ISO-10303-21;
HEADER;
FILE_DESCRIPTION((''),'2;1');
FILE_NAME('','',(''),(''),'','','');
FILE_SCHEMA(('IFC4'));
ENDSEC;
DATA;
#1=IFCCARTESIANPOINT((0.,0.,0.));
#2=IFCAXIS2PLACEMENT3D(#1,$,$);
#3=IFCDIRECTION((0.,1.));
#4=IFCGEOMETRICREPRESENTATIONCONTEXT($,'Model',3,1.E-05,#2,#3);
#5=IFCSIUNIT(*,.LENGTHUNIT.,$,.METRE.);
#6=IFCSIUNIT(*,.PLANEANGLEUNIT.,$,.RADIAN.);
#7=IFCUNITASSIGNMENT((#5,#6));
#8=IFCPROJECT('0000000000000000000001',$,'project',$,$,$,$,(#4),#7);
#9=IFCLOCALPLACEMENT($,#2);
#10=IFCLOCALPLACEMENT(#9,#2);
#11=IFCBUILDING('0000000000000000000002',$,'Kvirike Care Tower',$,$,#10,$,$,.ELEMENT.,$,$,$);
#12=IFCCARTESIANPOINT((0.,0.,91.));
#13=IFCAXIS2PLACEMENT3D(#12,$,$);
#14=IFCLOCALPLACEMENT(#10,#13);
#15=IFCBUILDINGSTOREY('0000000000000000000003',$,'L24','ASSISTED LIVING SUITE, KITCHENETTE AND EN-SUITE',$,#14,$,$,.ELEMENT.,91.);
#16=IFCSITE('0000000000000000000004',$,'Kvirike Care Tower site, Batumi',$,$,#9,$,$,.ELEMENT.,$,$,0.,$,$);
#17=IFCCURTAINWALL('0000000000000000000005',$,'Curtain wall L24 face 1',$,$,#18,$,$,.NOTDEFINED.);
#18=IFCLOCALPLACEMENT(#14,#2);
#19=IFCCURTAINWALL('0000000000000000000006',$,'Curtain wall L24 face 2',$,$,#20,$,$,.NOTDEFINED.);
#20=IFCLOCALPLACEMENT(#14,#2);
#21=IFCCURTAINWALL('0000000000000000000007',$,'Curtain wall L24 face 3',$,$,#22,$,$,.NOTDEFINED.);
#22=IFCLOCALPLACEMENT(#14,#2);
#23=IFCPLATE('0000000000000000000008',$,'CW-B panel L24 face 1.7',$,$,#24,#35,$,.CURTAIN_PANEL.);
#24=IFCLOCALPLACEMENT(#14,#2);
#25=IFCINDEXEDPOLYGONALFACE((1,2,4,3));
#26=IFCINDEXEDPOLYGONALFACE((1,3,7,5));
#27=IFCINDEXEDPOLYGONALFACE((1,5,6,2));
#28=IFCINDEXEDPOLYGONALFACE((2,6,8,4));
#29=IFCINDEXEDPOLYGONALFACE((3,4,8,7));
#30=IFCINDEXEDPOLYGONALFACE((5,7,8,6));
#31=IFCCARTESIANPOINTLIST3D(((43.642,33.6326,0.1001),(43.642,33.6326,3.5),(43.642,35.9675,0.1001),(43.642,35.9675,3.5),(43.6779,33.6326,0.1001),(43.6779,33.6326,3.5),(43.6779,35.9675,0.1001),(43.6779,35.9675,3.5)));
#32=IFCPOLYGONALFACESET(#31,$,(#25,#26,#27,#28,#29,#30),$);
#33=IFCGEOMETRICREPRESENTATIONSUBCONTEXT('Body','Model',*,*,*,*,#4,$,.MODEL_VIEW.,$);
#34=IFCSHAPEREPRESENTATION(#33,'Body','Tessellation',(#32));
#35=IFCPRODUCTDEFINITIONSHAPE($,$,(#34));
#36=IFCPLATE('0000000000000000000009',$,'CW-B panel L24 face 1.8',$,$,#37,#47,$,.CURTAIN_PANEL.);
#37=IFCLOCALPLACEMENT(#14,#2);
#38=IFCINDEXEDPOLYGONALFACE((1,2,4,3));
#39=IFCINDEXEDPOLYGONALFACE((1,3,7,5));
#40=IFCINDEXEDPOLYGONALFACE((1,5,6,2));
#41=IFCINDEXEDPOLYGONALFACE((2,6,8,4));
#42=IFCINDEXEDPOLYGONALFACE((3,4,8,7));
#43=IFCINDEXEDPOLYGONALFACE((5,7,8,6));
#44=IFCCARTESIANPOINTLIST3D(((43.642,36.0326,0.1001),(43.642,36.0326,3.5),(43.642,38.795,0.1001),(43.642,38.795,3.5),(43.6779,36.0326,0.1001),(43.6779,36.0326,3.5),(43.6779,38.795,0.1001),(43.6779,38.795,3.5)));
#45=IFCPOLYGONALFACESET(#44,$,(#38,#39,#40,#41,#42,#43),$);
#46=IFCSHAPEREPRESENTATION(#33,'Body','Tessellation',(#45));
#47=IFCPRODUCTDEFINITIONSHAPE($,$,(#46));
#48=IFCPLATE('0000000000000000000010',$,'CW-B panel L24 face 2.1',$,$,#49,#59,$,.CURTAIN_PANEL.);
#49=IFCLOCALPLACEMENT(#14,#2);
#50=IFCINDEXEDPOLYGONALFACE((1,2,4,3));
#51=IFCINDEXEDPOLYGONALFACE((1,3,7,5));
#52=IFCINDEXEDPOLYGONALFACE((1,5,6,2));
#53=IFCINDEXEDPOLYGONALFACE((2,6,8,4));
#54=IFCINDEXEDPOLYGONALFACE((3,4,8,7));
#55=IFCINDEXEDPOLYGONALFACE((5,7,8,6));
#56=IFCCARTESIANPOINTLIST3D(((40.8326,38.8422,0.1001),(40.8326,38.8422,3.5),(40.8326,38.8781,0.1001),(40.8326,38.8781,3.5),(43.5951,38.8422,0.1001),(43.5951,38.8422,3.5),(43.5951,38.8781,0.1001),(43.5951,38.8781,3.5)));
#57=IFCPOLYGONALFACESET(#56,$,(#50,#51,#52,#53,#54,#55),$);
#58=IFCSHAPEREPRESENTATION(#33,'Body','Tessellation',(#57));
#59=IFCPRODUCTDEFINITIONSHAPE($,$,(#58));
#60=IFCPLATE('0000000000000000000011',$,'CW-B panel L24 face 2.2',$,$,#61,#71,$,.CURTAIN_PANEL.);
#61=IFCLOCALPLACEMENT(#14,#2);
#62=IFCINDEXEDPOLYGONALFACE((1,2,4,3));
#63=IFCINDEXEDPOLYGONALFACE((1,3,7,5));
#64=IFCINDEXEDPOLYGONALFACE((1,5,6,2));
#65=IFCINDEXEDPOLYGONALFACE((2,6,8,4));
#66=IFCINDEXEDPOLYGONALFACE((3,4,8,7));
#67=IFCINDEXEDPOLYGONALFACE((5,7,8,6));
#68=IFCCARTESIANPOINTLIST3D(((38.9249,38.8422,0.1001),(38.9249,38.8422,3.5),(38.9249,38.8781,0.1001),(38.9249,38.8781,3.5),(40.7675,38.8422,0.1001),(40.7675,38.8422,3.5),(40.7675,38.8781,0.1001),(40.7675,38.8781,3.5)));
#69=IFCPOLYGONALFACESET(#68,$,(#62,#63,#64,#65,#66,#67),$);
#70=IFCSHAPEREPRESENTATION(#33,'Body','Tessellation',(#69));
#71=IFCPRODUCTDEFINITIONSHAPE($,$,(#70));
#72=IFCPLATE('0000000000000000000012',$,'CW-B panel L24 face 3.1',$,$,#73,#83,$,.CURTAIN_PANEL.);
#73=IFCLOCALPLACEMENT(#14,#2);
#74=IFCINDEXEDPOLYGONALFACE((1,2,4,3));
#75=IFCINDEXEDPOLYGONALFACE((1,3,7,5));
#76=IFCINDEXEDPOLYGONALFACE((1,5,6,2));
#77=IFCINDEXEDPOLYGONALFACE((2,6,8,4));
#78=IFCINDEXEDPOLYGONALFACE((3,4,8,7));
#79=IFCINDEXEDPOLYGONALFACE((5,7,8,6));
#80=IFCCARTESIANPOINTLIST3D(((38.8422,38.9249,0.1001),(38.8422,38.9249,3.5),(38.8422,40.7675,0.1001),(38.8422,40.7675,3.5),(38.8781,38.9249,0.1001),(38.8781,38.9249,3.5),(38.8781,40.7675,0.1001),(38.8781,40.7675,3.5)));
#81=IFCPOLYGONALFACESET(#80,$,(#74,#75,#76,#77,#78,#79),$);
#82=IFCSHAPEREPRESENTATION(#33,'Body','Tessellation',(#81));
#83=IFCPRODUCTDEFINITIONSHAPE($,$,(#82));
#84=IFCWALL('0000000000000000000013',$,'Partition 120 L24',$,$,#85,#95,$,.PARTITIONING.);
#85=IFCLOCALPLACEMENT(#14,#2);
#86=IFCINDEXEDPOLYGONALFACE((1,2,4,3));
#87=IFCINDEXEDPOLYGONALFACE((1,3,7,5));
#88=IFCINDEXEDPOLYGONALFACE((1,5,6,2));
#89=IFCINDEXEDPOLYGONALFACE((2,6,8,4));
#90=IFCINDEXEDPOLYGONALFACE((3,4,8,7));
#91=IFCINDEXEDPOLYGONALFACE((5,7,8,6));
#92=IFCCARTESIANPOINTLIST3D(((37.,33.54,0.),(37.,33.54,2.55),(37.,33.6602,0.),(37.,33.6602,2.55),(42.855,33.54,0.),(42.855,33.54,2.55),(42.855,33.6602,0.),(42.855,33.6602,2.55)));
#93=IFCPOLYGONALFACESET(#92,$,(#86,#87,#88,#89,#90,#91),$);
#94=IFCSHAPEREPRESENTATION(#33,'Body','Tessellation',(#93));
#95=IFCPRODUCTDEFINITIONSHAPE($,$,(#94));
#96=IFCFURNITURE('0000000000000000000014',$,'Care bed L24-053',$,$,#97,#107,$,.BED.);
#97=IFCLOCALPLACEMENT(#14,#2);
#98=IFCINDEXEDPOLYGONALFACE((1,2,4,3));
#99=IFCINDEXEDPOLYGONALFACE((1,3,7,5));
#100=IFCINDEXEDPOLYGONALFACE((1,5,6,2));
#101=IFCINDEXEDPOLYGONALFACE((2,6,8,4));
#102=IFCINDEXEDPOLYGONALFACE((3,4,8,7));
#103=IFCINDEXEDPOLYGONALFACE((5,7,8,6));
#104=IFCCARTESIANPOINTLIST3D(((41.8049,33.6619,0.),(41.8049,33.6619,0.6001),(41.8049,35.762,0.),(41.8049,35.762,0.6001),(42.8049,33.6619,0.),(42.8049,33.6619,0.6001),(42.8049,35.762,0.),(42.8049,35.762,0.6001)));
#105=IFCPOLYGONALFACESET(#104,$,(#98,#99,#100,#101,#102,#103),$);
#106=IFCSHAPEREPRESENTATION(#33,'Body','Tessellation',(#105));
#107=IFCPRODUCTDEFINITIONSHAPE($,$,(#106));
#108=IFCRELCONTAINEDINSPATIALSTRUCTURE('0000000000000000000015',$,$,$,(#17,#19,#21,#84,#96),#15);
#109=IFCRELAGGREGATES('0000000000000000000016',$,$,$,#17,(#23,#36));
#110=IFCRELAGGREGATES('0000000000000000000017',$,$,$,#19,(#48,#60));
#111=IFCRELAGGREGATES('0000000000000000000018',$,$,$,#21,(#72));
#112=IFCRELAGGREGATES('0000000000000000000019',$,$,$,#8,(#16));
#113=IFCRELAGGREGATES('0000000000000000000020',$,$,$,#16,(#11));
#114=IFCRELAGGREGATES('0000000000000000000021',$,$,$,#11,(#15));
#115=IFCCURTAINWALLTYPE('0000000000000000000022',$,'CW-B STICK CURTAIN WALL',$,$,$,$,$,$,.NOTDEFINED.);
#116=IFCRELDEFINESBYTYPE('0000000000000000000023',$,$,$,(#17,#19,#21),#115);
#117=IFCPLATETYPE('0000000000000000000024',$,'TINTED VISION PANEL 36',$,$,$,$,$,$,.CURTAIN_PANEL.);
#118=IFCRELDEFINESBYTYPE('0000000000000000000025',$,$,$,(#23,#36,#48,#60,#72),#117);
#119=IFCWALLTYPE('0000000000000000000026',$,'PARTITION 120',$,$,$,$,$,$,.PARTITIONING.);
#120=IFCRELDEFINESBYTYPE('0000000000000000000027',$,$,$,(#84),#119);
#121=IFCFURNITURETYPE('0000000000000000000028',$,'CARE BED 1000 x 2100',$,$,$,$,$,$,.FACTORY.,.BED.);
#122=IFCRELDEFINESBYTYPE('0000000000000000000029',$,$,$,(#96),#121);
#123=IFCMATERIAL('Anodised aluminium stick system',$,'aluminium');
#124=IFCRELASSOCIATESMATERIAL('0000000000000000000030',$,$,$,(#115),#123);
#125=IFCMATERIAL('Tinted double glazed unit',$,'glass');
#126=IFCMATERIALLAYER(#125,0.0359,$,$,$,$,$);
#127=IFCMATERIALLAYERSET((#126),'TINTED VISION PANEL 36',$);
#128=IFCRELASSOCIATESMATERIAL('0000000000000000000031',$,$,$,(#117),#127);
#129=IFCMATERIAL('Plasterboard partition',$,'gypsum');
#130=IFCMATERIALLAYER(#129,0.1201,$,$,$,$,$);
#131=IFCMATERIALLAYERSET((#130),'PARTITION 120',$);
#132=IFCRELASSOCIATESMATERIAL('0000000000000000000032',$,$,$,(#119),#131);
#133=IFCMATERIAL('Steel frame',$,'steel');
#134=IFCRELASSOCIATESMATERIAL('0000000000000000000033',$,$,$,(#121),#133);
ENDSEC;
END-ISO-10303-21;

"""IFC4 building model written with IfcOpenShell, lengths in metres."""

from ifc_helpers import new_model, si_unit, direction, frame, frame_2d, origin, origin_2d, place, context, subcontext, project, spatial, rectangle, extrude, material, layer, layer_set, type_object, element, aggregate, save


model = new_model("IFC4")

# Units and contexts
model_context = context("Model", 3, precision=1e-05, world=origin(), true_north=direction((0.0, 1.0)))
body_context = subcontext(model_context, "Body", "Model", "MODEL_VIEW")
ifc_project = project(units=[si_unit("LENGTHUNIT", "METRE"), si_unit("PLANEANGLEUNIT", "RADIAN")], contexts=[model_context])

# Site, building, storey
site_placement = place(None, origin())
site = spatial("IfcSite", under=ifc_project, at=site_placement, Name="Kvirike Care Tower site, Batumi", CompositionType="ELEMENT", RefElevation=0.0)
building_placement = place(site_placement, origin())
building = spatial("IfcBuilding", under=site, at=building_placement, Name="Kvirike Care Tower", CompositionType="ELEMENT")
storey_placement = place(building_placement, frame((0.0, 0.0, 91.0)))
storey = spatial("IfcBuildingStorey", under=building, at=storey_placement, Name="L24", Description="ASSISTED LIVING SUITE, KITCHENETTE AND EN-SUITE", CompositionType="ELEMENT", Elevation=91.0)

# Curtain walls
ifc_material_1 = material(Name="Anodised aluminium stick system", Category="aluminium")
curtain_wall_type = type_object("IfcCurtainWallType", Name="CW-B STICK CURTAIN WALL", PredefinedType="NOTDEFINED", material=ifc_material_1)
curtain_wall_1_placement = place(storey_placement, origin())
curtain_wall_1 = element("IfcCurtainWall", 1, at=curtain_wall_1_placement, inside=storey, type_object=curtain_wall_type, Name="Curtain wall L24 face 1", PredefinedType="NOTDEFINED")
curtain_wall_2_placement = place(storey_placement, origin())
curtain_wall_2 = element("IfcCurtainWall", 2, at=curtain_wall_2_placement, inside=storey, type_object=curtain_wall_type, Name="Curtain wall L24 face 2", PredefinedType="NOTDEFINED")

# Curtain wall
curtain_wall_3_placement = place(storey_placement, origin())
curtain_wall_3 = element("IfcCurtainWall", 3, at=curtain_wall_3_placement, inside=storey, type_object=curtain_wall_type, Name="Curtain wall L24 face 3", PredefinedType="NOTDEFINED")

# Plates
ifc_material_2 = material(Name="Tinted double glazed unit", Category="glass")
ifc_layer_1 = layer(ifc_material_2, 0.0359)
ifc_layer_set_1 = layer_set([ifc_layer_1], Name="TINTED VISION PANEL 36")
plate_type = type_object("IfcPlateType", Name="TINTED VISION PANEL 36", PredefinedType="CURTAIN_PANEL", material=ifc_layer_set_1)
plate_1_placement = place(storey_placement, frame((43.6599, 34.8, 0.1001), z_axis=(0.0, 0.0, 1.0), x_axis=(0.0, 1.0, 0.0)))
plate_1 = element("IfcPlate", 4, at=plate_1_placement, type_object=plate_type, Name="CW-B panel L24 face 1.7", PredefinedType="CURTAIN_PANEL", context=body_context, shape_type="SweptSolid", body=[
    extrude(rectangle(XDim=2.335, YDim=0.0359, at=origin_2d()), origin(), (0.0, 0.0, 1.0), 3.3999),
])
plate_2_placement = place(storey_placement, frame((43.6599, 37.4138, 0.1001), z_axis=(0.0, 0.0, 1.0), x_axis=(0.0, 1.0, 0.0)))
plate_2 = element("IfcPlate", 5, at=plate_2_placement, type_object=plate_type, Name="CW-B panel L24 face 1.8", PredefinedType="CURTAIN_PANEL", context=body_context, shape_type="SweptSolid", body=[
    extrude(rectangle(XDim=2.7625, YDim=0.0359, at=origin_2d()), origin(), (0.0, 0.0, 1.0), 3.3999),
])
aggregate(curtain_wall_1, [plate_1, plate_2])
plate_3_placement = place(storey_placement, frame((42.2139, 38.8601, 0.1001), z_axis=(0.0, 0.0, 1.0), x_axis=(-1.0, 0.0, 0.0)))
plate_3 = element("IfcPlate", 6, at=plate_3_placement, type_object=plate_type, Name="CW-B panel L24 face 2.1", PredefinedType="CURTAIN_PANEL", context=body_context, shape_type="SweptSolid", body=[
    extrude(rectangle(XDim=2.7625, YDim=0.0359, at=origin_2d()), origin(), (0.0, 0.0, 1.0), 3.3999),
])
plate_4_placement = place(storey_placement, frame((39.8462, 38.8601, 0.1001), z_axis=(0.0, 0.0, 1.0), x_axis=(-1.0, 0.0, 0.0)))
plate_4 = element("IfcPlate", 7, at=plate_4_placement, type_object=plate_type, Name="CW-B panel L24 face 2.2", PredefinedType="CURTAIN_PANEL", context=body_context, shape_type="SweptSolid", body=[
    extrude(rectangle(XDim=1.8425, YDim=0.0359, at=origin_2d()), origin(), (0.0, 0.0, 1.0), 3.3999),
])
aggregate(curtain_wall_2, [plate_3, plate_4])
plate_5_placement = place(storey_placement, frame((38.8601, 39.8462, 0.1001), z_axis=(0.0, 0.0, 1.0), x_axis=(0.0, 1.0, 0.0)))
plate_5 = element("IfcPlate", 8, at=plate_5_placement, type_object=plate_type, Name="CW-B panel L24 face 3.1", PredefinedType="CURTAIN_PANEL", context=body_context, shape_type="SweptSolid", body=[
    extrude(rectangle(XDim=1.8425, YDim=0.0359, at=origin_2d()), origin(), (0.0, 0.0, 1.0), 3.3999),
])
aggregate(curtain_wall_3, [plate_5])

# Wall
ifc_material_3 = material(Name="Plasterboard partition", Category="gypsum")
ifc_layer_2 = layer(ifc_material_3, 0.1201)
ifc_layer_set_2 = layer_set([ifc_layer_2], Name="PARTITION 120")
wall_type = type_object("IfcWallType", Name="PARTITION 120", PredefinedType="PARTITIONING", material=ifc_layer_set_2)
wall_placement = place(storey_placement, frame((42.855, 33.6001, 0.0), z_axis=(0.0, 0.0, 1.0), x_axis=(-1.0, 0.0, 0.0)))
element("IfcWall", 9, at=wall_placement, inside=storey, type_object=wall_type, Name="Partition 120 L24", PredefinedType="PARTITIONING", context=body_context, shape_type="SweptSolid", body=[
    extrude(rectangle(XDim=5.855, YDim=0.1201, at=frame_2d((2.9275, 0.0))), origin(), (0.0, 0.0, 1.0), 2.55),
])

# Furniture
ifc_material_4 = material(Name="Steel frame", Category="steel")
furniture_type = type_object("IfcFurnitureType", Name="CARE BED 1000 x 2100", AssemblyPlace="FACTORY", PredefinedType="BED", material=ifc_material_4)
furniture_placement = place(storey_placement, frame((42.3049, 34.7119, 0.0), z_axis=(0.0, 0.0, 1.0), x_axis=(-1.0, 0.0, 0.0)))
element("IfcFurniture", 10, at=furniture_placement, inside=storey, type_object=furniture_type, Name="Care bed L24-053", PredefinedType="BED", context=body_context, shape_type="SweptSolid", body=[
    extrude(rectangle(XDim=1.0, YDim=2.1001, at=origin_2d()), origin(), (0.0, 0.0, 1.0), 0.6001),
])

save(model, "model.ifc")
